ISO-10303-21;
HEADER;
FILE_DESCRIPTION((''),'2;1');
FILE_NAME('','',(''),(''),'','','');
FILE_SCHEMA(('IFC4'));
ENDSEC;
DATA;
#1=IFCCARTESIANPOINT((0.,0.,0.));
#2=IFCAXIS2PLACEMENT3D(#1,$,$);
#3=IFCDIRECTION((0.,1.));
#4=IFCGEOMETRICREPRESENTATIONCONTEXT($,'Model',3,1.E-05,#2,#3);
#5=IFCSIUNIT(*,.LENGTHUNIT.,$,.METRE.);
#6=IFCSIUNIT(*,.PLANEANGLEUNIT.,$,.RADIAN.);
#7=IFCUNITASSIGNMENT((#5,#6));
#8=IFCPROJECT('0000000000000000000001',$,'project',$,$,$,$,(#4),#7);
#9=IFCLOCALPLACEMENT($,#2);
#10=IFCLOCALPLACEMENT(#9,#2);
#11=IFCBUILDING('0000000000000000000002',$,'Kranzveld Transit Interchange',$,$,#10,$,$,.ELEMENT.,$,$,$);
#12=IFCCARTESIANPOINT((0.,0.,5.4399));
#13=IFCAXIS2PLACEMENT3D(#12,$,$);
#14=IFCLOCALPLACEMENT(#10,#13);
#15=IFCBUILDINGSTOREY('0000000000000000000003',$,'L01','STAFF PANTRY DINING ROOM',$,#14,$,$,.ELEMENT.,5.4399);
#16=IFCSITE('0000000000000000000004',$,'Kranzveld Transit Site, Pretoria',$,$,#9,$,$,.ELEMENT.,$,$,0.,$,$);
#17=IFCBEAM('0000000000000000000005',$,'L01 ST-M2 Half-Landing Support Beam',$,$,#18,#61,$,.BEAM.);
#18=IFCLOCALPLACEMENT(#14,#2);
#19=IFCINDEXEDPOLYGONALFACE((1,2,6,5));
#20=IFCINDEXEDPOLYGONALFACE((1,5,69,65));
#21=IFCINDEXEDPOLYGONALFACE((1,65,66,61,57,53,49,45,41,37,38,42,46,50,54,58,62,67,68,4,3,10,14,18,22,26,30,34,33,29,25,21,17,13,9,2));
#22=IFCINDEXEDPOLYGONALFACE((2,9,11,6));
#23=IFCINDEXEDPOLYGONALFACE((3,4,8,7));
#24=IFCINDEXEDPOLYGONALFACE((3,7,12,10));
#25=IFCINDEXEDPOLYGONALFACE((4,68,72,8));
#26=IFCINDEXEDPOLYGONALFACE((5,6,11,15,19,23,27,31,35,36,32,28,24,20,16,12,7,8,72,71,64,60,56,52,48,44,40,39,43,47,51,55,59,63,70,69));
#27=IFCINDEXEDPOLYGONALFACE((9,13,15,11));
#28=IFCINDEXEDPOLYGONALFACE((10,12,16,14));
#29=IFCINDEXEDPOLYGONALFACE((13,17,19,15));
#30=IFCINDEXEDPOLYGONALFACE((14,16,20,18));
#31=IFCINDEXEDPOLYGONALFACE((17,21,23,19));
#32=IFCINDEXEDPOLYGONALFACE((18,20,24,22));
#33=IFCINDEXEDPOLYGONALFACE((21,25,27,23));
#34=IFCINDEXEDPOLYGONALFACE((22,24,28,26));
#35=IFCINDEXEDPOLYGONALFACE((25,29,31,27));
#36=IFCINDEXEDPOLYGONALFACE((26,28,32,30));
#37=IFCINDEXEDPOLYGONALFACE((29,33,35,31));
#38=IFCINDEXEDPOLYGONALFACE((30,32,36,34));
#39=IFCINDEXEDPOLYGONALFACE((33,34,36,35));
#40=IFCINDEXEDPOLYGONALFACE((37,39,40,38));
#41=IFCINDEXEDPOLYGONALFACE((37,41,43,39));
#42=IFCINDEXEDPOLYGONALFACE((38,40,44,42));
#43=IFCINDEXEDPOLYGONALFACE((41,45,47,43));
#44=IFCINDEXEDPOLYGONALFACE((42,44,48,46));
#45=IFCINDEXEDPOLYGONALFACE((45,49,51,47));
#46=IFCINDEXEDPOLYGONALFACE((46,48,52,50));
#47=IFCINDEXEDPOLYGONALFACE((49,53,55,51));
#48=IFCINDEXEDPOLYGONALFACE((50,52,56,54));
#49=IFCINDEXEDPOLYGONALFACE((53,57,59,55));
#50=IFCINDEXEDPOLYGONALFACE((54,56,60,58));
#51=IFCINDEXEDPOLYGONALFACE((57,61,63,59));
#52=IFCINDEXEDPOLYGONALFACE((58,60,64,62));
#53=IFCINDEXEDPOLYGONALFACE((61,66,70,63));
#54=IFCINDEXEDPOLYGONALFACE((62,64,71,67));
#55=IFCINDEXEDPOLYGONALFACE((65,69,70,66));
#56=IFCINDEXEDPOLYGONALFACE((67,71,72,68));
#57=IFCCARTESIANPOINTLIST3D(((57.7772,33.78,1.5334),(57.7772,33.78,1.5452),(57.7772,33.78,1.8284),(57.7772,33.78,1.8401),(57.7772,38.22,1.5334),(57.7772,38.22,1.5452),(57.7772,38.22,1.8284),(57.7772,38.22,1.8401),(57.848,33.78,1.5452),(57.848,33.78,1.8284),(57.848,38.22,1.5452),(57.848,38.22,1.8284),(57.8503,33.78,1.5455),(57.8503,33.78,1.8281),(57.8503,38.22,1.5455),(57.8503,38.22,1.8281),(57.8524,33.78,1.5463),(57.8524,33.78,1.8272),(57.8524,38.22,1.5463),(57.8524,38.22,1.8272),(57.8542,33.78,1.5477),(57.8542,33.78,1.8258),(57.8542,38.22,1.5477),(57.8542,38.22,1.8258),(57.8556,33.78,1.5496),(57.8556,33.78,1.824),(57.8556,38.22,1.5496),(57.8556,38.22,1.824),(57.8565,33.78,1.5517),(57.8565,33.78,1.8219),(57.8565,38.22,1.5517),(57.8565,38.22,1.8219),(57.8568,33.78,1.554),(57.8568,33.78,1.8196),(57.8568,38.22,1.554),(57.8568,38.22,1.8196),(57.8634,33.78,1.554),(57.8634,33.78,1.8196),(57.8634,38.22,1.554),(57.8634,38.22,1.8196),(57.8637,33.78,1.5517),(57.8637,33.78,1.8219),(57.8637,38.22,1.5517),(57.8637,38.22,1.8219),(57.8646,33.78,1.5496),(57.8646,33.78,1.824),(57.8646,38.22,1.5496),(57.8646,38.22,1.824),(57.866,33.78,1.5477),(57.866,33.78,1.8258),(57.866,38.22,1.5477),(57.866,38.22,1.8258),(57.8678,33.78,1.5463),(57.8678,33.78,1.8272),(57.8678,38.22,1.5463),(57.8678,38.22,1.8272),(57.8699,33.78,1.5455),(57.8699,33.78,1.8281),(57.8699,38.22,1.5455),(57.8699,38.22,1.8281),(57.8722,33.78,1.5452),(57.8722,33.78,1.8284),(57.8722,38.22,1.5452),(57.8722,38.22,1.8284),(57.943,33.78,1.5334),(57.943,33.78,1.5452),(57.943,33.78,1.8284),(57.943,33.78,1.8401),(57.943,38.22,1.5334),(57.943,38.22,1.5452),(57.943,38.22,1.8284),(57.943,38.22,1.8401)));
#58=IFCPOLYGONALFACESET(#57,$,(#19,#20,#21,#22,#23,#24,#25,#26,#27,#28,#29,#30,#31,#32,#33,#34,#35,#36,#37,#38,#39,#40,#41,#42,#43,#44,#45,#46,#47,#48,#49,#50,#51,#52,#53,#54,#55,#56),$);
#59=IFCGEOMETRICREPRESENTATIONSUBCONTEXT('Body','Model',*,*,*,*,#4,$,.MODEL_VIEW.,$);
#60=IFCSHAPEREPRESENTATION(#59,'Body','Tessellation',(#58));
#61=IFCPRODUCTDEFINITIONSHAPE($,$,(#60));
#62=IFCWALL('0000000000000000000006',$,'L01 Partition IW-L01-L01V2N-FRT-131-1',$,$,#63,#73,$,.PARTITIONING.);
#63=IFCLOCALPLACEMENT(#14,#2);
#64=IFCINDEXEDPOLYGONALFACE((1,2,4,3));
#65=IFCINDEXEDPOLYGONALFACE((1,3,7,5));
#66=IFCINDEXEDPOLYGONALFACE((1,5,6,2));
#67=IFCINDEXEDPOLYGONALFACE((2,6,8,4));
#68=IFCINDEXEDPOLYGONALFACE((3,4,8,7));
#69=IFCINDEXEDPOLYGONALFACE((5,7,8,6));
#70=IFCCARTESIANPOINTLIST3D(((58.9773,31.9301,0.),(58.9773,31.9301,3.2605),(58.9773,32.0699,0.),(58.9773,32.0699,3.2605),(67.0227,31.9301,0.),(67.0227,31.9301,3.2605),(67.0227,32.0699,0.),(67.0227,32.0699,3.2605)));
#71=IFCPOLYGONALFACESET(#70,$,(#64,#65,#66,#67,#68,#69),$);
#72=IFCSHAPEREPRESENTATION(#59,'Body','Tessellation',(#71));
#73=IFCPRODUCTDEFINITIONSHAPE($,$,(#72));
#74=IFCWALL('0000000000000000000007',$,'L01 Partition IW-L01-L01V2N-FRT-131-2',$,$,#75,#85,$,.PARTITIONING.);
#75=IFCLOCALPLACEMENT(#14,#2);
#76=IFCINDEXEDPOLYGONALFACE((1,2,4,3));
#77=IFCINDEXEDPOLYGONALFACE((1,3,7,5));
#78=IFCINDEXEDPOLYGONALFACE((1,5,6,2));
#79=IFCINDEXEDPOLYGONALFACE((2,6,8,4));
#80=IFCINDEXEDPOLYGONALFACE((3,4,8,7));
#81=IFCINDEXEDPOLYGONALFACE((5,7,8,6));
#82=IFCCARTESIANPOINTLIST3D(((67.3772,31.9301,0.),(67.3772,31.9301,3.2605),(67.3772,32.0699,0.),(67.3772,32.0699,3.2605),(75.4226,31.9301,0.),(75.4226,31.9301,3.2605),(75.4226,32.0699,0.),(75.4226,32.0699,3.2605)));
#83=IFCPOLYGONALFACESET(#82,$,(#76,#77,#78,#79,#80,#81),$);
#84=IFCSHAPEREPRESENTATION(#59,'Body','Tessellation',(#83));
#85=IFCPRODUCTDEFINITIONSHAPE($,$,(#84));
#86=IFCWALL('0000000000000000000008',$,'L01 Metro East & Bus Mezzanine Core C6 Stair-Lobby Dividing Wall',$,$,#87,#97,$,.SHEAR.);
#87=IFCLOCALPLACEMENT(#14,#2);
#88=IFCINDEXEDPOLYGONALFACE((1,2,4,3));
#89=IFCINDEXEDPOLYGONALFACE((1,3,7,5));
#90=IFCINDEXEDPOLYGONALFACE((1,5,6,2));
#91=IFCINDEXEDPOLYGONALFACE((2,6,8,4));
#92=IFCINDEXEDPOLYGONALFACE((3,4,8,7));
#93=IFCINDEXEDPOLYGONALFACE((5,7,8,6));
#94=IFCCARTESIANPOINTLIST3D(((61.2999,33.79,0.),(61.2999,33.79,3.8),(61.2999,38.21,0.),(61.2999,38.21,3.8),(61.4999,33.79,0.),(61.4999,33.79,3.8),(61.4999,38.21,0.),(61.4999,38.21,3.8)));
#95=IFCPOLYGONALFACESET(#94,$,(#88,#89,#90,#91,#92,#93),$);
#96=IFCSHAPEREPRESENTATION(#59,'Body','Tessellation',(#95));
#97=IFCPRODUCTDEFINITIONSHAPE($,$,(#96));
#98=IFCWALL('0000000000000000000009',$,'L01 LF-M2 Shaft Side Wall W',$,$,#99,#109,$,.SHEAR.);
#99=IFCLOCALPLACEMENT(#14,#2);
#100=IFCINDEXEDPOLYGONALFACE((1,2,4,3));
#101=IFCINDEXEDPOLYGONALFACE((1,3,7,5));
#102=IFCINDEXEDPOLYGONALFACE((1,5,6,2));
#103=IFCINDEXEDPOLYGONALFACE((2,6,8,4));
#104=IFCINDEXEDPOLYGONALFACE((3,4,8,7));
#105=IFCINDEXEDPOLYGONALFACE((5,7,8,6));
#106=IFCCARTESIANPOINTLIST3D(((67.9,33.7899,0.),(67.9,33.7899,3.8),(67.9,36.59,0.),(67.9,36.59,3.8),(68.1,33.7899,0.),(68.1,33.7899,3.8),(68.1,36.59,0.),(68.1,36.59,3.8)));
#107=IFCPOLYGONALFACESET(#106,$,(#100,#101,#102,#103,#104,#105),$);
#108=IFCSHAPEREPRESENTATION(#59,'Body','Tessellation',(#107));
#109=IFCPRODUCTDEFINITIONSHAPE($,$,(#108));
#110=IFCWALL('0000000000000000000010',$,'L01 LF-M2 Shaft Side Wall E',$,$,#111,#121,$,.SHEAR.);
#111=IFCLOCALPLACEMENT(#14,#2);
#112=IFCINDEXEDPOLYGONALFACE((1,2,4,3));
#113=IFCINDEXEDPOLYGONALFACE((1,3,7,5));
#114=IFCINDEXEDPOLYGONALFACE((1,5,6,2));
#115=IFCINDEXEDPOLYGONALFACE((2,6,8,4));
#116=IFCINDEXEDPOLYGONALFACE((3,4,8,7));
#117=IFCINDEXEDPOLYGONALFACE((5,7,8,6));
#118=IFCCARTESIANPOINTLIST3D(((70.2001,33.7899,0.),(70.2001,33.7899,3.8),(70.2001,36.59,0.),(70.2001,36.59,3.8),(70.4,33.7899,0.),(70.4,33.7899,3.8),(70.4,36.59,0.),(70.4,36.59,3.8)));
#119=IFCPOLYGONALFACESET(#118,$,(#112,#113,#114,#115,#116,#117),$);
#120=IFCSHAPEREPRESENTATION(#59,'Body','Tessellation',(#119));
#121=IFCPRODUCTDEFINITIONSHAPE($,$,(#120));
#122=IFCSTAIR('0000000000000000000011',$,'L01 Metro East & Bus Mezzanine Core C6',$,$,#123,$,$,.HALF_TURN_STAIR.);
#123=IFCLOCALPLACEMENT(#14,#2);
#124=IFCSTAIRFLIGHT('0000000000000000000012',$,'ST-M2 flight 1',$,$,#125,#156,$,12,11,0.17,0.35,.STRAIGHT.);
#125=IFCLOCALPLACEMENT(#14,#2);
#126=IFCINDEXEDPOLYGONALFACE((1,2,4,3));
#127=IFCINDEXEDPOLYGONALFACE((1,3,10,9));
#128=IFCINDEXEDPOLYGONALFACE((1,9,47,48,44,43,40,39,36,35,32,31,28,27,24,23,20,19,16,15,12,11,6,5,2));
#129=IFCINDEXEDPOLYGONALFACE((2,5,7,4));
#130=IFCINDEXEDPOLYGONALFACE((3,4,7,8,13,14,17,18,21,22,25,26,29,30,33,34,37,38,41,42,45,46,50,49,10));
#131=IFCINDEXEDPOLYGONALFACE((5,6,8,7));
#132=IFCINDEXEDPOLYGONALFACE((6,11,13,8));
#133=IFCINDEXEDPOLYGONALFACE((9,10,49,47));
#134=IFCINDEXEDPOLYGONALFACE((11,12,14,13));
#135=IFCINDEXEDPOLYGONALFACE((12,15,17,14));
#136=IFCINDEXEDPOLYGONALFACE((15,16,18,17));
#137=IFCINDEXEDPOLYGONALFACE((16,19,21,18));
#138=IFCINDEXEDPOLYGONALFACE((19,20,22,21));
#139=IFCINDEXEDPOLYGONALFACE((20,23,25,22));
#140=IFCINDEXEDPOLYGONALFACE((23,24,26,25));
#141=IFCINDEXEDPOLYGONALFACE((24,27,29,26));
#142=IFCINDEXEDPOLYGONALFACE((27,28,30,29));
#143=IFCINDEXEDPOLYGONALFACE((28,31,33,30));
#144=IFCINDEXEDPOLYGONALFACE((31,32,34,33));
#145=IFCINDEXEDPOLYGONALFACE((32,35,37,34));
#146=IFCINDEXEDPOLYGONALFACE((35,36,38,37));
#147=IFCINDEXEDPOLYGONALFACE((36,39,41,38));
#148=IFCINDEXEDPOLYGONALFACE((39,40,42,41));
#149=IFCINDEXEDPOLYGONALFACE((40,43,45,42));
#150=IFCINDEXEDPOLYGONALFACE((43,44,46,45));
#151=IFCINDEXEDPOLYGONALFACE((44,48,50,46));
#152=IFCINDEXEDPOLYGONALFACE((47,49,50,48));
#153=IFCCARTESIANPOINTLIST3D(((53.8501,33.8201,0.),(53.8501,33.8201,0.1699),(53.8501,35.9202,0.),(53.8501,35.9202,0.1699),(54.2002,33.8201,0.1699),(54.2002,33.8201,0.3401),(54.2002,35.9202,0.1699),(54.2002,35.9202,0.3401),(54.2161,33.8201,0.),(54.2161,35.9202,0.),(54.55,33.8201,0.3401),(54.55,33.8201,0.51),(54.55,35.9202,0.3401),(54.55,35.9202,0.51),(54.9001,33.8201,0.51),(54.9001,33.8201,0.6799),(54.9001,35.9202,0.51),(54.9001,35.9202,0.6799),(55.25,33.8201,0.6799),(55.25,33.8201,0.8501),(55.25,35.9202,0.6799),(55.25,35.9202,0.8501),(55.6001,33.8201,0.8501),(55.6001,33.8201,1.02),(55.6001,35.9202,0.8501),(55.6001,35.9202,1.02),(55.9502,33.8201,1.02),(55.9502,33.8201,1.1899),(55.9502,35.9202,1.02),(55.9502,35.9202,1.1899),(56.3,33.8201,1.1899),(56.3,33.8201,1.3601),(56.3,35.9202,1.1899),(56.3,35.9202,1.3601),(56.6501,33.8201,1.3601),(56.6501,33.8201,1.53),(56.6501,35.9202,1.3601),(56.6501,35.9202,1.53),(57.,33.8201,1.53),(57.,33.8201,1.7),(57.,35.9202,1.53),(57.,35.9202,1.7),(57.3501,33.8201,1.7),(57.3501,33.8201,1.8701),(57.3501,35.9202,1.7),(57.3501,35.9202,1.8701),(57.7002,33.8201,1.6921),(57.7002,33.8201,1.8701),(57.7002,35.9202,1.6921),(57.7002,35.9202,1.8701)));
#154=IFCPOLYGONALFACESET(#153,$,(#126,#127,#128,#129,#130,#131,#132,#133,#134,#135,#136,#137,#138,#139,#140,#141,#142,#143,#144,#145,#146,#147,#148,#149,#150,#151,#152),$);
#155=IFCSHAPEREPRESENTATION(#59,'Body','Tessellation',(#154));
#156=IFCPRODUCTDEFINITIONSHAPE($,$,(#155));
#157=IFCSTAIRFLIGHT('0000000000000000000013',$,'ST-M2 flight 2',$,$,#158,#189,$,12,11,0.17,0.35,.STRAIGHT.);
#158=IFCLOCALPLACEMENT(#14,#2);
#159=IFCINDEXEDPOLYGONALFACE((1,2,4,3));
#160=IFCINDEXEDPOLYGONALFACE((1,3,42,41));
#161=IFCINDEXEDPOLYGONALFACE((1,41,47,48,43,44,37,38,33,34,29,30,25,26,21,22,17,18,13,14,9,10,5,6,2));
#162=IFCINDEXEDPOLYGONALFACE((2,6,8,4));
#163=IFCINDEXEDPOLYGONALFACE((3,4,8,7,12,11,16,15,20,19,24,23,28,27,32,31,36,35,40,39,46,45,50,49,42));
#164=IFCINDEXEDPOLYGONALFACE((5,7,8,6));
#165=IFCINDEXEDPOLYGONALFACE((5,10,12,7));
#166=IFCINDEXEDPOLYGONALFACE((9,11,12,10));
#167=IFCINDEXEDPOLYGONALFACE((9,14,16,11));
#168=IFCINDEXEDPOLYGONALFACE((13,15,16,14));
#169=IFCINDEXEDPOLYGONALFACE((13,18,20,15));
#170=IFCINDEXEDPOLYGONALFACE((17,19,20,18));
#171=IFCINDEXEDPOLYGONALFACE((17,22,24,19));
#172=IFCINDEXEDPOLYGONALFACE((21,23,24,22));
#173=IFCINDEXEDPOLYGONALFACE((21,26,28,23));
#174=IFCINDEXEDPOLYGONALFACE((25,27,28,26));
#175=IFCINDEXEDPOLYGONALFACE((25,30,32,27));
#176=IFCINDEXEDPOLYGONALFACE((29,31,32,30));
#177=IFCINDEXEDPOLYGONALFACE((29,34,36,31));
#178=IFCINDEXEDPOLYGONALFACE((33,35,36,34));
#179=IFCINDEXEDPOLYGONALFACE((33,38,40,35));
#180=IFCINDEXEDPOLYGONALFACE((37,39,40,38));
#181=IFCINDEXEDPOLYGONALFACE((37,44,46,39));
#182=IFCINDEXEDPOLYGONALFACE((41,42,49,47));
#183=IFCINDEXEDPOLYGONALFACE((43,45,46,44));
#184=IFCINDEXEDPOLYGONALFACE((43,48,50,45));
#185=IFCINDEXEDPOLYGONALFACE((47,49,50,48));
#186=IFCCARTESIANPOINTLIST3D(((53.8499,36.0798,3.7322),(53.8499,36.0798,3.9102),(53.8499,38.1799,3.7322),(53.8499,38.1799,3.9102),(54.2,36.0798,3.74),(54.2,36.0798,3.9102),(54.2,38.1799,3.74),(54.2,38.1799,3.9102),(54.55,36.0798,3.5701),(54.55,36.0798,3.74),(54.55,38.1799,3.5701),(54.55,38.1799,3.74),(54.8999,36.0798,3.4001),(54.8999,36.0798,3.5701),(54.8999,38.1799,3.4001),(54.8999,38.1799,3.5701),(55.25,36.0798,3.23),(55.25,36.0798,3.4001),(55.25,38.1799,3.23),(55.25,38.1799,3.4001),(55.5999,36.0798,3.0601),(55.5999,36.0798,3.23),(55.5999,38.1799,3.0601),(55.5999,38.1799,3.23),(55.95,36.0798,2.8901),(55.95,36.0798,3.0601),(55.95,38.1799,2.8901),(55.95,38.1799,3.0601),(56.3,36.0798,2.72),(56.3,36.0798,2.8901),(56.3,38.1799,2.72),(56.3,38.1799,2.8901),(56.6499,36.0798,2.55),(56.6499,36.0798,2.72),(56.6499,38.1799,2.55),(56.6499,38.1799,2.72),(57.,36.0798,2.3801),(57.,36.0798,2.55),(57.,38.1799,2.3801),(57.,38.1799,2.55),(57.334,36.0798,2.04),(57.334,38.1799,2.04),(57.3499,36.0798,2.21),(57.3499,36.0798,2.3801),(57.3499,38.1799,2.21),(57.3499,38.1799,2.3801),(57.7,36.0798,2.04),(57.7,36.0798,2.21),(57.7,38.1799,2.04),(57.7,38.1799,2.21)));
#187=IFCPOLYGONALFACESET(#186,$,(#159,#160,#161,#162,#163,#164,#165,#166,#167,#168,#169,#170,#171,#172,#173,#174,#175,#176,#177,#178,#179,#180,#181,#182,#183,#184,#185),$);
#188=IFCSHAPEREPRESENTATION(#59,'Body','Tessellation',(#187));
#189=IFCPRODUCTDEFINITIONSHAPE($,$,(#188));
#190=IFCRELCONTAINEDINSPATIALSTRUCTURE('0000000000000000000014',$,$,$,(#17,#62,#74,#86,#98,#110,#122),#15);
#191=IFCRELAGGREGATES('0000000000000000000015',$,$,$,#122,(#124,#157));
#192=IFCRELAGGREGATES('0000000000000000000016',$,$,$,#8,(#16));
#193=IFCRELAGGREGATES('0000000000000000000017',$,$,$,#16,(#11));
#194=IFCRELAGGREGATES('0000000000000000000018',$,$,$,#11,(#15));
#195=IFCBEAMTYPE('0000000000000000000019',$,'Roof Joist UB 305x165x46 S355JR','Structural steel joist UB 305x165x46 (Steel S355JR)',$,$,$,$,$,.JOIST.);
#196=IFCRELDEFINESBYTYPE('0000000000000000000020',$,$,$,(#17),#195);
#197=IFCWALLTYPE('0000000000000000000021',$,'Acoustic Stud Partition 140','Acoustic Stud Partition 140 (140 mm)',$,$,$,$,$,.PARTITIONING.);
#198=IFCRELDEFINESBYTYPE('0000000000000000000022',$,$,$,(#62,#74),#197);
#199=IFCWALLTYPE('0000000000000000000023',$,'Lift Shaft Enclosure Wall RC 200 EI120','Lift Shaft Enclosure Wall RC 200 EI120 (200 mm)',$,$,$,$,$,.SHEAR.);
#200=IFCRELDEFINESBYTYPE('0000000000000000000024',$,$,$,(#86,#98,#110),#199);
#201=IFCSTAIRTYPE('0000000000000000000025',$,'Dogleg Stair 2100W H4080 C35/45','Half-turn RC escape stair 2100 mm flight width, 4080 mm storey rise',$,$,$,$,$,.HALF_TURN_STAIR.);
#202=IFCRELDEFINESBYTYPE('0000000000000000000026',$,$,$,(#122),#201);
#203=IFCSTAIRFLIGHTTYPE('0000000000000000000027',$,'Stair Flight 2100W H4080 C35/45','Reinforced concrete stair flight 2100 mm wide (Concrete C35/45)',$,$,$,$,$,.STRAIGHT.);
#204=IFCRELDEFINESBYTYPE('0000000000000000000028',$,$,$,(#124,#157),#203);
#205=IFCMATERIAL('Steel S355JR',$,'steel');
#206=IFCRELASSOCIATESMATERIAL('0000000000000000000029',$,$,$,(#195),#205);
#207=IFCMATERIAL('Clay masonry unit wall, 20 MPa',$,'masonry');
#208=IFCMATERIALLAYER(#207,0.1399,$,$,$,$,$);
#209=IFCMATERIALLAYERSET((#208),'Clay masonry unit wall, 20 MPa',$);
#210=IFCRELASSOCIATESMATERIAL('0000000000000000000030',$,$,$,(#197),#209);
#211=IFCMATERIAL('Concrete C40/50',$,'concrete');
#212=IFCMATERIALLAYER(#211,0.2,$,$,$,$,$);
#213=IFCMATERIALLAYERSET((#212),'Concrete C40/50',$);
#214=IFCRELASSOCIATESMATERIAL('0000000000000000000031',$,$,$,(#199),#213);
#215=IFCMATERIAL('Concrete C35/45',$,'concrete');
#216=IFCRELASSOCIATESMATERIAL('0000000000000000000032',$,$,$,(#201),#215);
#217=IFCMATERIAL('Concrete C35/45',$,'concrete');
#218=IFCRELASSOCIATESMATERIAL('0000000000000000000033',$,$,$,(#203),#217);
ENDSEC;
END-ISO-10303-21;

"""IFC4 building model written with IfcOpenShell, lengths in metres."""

from ifc_helpers import new_model, si_unit, direction, frame, frame_2d, origin, origin_2d, place, context, subcontext, project, spatial, polyline, rectangle, i_section, outline, extrude, material, layer, layer_set, material_profile, profile_set, type_object, element, aggregate, save


model = new_model("IFC4")

# Units and contexts
model_context = context("Model", 3, precision=1e-05, world=origin(), true_north=direction((0.0, 1.0)))
body_context = subcontext(model_context, "Body", "Model", "MODEL_VIEW")
ifc_project = project(units=[si_unit("LENGTHUNIT", "METRE"), si_unit("PLANEANGLEUNIT", "RADIAN")], contexts=[model_context])

# Site, building, storey
site_placement = place(None, origin())
site = spatial("IfcSite", under=ifc_project, at=site_placement, Name="Kranzveld Transit Site, Pretoria", CompositionType="ELEMENT", RefElevation=0.0)
building_placement = place(site_placement, origin())
building = spatial("IfcBuilding", under=site, at=building_placement, Name="Kranzveld Transit Interchange", CompositionType="ELEMENT")
storey_placement = place(building_placement, frame((0.0, 0.0, 5.4399)))
storey = spatial("IfcBuildingStorey", under=building, at=storey_placement, Name="L01", Description="STAFF PANTRY DINING ROOM", CompositionType="ELEMENT", Elevation=5.4399)

# Beam
ifc_material_1 = material(Name="Steel S355JR", Category="steel")
ifc_material_profile_1 = material_profile(ifc_material_1, i_section(OverallWidth=0.1658, OverallDepth=0.3066, WebThickness=0.0066, FlangeThickness=0.0117, FilletRadius=0.0088, at=origin_2d()), Name="UB 305x165x46")
ifc_profile_set_1 = profile_set([ifc_material_profile_1], Name="Steel S355JR")
beam_type_1 = type_object("IfcBeamType", Name="Roof Joist UB 305x165x46 S355JR", Description="Structural steel joist UB 305x165x46 (Steel S355JR)", PredefinedType="JOIST", material=ifc_profile_set_1)
beam_placement = place(storey_placement, frame((57.8601, 33.78, 1.6868), z_axis=(0.0, 1.0, 0.0), x_axis=(-1.0, 0.0, 0.0)))
element("IfcBeam", 1, at=beam_placement, inside=storey, type_object=beam_type_1, Name="L01 ST-M2 Half-Landing Support Beam", PredefinedType="BEAM", context=body_context, shape_type="SweptSolid", body=[
    extrude(i_section(OverallWidth=0.1658, OverallDepth=0.3066, WebThickness=0.0066, FlangeThickness=0.0117, FilletRadius=0.0088, at=origin_2d()), origin(), (0.0, 0.0, 1.0), 4.4399),
])

# Walls
ifc_material_2 = material(Name="Clay masonry unit wall, 20 MPa", Category="masonry")
ifc_layer_1 = layer(ifc_material_2, 0.1399)
ifc_layer_set_1 = layer_set([ifc_layer_1], Name="Clay masonry unit wall, 20 MPa")
wall_type_1 = type_object("IfcWallType", Name="Acoustic Stud Partition 140", Description="Acoustic Stud Partition 140 (140 mm)", PredefinedType="PARTITIONING", material=ifc_layer_set_1)
for number, where, z_axis, x_axis, name in (
    (2, (58.9773, 32.0, 0.0), (0.0, 0.0, 1.0), (1.0, 0.0, 0.0), "L01 Partition IW-L01-L01V2N-FRT-131-1"),
    (3, (67.3772, 32.0, 0.0), (0.0, 0.0, 1.0), (1.0, 0.0, 0.0), "L01 Partition IW-L01-L01V2N-FRT-131-2"),
):
    element("IfcWall", number, at=place(storey_placement, frame(where, z_axis=z_axis, x_axis=x_axis)), inside=storey, type_object=wall_type_1, Name=name, PredefinedType="PARTITIONING", context=body_context, shape_type="SweptSolid", body=[
        extrude(rectangle(XDim=8.0454, YDim=0.1399, at=frame_2d((4.0227, 0.0))), origin(), (0.0, 0.0, 1.0), 3.2605),
    ])
ifc_material_3 = material(Name="Concrete C40/50", Category="concrete")
ifc_layer_2 = layer(ifc_material_3, 0.2)
ifc_layer_set_2 = layer_set([ifc_layer_2], Name="Concrete C40/50")
wall_type_2 = type_object("IfcWallType", Name="Lift Shaft Enclosure Wall RC 200 EI120", Description="Lift Shaft Enclosure Wall RC 200 EI120 (200 mm)", PredefinedType="SHEAR", material=ifc_layer_set_2)
wall_1_placement = place(storey_placement, frame((61.3999, 33.79, 0.0), z_axis=(0.0, 0.0, 1.0), x_axis=(0.0, 1.0, 0.0)))
element("IfcWall", 4, at=wall_1_placement, inside=storey, type_object=wall_type_2, Name="L01 Metro East & Bus Mezzanine Core C6 Stair-Lobby Dividing Wall", PredefinedType="SHEAR", context=body_context, shape_type="SweptSolid", body=[
    extrude(rectangle(XDim=4.4199, YDim=0.2, at=frame_2d((2.21, 0.0))), origin(), (0.0, 0.0, 1.0), 3.8),
])

# Walls
for number, where, z_axis, x_axis, name in (
    (5, (68.0, 33.79, 0.0), (0.0, 0.0, 1.0), (0.0, 1.0, 0.0), "L01 LF-M2 Shaft Side Wall W"),
    (6, (70.3, 33.79, 0.0), (0.0, 0.0, 1.0), (0.0, 1.0, 0.0), "L01 LF-M2 Shaft Side Wall E"),
):
    element("IfcWall", number, at=place(storey_placement, frame(where, z_axis=z_axis, x_axis=x_axis)), inside=storey, type_object=wall_type_2, Name=name, PredefinedType="SHEAR", context=body_context, shape_type="SweptSolid", body=[
        extrude(rectangle(XDim=2.8, YDim=0.2, at=frame_2d((1.3999, 0.0))), origin(), (0.0, 0.0, 1.0), 3.8),
    ])

# Stair, stair flights
ifc_material_4 = material(Name="Concrete C35/45", Category="concrete")
stair_type = type_object("IfcStairType", Name="Dogleg Stair 2100W H4080 C35/45", Description="Half-turn RC escape stair 2100 mm flight width, 4080 mm storey rise", PredefinedType="HALF_TURN_STAIR", material=ifc_material_4)
stair_placement = place(storey_placement, origin())
stair = element("IfcStair", 7, at=stair_placement, inside=storey, type_object=stair_type, Name="L01 Metro East & Bus Mezzanine Core C6", PredefinedType="HALF_TURN_STAIR")
ifc_material_5 = material(Name="Concrete C35/45", Category="concrete")
stair_flight_type = type_object("IfcStairFlightType", Name="Stair Flight 2100W H4080 C35/45", Description="Reinforced concrete stair flight 2100 mm wide (Concrete C35/45)", PredefinedType="STRAIGHT", material=ifc_material_5)
stair_flight_1_placement = place(storey_placement, frame((53.8501, 34.8701, 0.0), z_axis=(0.0, 0.0, 1.0), x_axis=(1.0, 0.0, 0.0)))
stair_flight_1 = element("IfcStairFlight", 8, at=stair_flight_1_placement, type_object=stair_flight_type, Name="ST-M2 flight 1", NumberOfRisers=12, NumberOfTreads=11, PredefinedType="STRAIGHT", RiserHeight=0.17, TreadLength=0.35, context=body_context, shape_type="SweptSolid", body=[
    extrude(outline(polyline([(0.0, 0.0), (0.0, 0.1699), (0.3501, 0.1699), (0.3501, 0.3401), (0.7, 0.3401), (0.7, 0.51), (1.05, 0.51), (1.05, 0.6799), (1.3999, 0.6799), (1.3999, 0.8501), (1.75, 0.8501), (1.75, 1.02), (2.1001, 1.02), (2.1001, 1.1899), (2.45, 1.1899), (2.45, 1.3601), (2.8, 1.3601), (2.8, 1.53), (3.1499, 1.53), (3.1499, 1.7), (3.5, 1.7), (3.5, 1.8701), (3.8501, 1.8701), (3.8501, 2.04), (3.8501, 1.6921), (0.366, 0.0), (0.0, 0.0)])), frame((0.0, 1.05, 0.0), z_axis=(0.0, -1.0, 0.0), x_axis=(1.0, 0.0, 0.0)), (0.0, 0.0, 1.0), 2.1001),
])
stair_flight_2_placement = place(storey_placement, frame((57.7, 37.1299, 2.04), z_axis=(0.0, 0.0, 1.0), x_axis=(-1.0, 0.0, 0.0)))
stair_flight_2 = element("IfcStairFlight", 9, at=stair_flight_2_placement, type_object=stair_flight_type, Name="ST-M2 flight 2", NumberOfRisers=12, NumberOfTreads=11, PredefinedType="STRAIGHT", RiserHeight=0.17, TreadLength=0.35, context=body_context, shape_type="SweptSolid", body=[
    extrude(outline(polyline([(0.0, 0.0), (0.0, 0.1699), (0.3501, 0.1699), (0.3501, 0.3401), (0.7, 0.3401), (0.7, 0.51), (1.05, 0.51), (1.05, 0.6799), (1.3999, 0.6799), (1.3999, 0.8501), (1.75, 0.8501), (1.75, 1.02), (2.1001, 1.02), (2.1001, 1.1899), (2.45, 1.1899), (2.45, 1.3601), (2.8, 1.3601), (2.8, 1.53), (3.1499, 1.53), (3.1499, 1.7), (3.5, 1.7), (3.5, 1.8701), (3.8501, 1.8701), (3.8501, 2.04), (3.8501, 1.6921), (0.366, 0.0), (0.0, 0.0)])), frame((0.0, 1.05, 0.0), z_axis=(0.0, -1.0, 0.0), x_axis=(1.0, 0.0, 0.0)), (0.0, 0.0, 1.0), 2.1001),
])
aggregate(stair, [stair_flight_1, stair_flight_2])

save(model, "model.ifc")
